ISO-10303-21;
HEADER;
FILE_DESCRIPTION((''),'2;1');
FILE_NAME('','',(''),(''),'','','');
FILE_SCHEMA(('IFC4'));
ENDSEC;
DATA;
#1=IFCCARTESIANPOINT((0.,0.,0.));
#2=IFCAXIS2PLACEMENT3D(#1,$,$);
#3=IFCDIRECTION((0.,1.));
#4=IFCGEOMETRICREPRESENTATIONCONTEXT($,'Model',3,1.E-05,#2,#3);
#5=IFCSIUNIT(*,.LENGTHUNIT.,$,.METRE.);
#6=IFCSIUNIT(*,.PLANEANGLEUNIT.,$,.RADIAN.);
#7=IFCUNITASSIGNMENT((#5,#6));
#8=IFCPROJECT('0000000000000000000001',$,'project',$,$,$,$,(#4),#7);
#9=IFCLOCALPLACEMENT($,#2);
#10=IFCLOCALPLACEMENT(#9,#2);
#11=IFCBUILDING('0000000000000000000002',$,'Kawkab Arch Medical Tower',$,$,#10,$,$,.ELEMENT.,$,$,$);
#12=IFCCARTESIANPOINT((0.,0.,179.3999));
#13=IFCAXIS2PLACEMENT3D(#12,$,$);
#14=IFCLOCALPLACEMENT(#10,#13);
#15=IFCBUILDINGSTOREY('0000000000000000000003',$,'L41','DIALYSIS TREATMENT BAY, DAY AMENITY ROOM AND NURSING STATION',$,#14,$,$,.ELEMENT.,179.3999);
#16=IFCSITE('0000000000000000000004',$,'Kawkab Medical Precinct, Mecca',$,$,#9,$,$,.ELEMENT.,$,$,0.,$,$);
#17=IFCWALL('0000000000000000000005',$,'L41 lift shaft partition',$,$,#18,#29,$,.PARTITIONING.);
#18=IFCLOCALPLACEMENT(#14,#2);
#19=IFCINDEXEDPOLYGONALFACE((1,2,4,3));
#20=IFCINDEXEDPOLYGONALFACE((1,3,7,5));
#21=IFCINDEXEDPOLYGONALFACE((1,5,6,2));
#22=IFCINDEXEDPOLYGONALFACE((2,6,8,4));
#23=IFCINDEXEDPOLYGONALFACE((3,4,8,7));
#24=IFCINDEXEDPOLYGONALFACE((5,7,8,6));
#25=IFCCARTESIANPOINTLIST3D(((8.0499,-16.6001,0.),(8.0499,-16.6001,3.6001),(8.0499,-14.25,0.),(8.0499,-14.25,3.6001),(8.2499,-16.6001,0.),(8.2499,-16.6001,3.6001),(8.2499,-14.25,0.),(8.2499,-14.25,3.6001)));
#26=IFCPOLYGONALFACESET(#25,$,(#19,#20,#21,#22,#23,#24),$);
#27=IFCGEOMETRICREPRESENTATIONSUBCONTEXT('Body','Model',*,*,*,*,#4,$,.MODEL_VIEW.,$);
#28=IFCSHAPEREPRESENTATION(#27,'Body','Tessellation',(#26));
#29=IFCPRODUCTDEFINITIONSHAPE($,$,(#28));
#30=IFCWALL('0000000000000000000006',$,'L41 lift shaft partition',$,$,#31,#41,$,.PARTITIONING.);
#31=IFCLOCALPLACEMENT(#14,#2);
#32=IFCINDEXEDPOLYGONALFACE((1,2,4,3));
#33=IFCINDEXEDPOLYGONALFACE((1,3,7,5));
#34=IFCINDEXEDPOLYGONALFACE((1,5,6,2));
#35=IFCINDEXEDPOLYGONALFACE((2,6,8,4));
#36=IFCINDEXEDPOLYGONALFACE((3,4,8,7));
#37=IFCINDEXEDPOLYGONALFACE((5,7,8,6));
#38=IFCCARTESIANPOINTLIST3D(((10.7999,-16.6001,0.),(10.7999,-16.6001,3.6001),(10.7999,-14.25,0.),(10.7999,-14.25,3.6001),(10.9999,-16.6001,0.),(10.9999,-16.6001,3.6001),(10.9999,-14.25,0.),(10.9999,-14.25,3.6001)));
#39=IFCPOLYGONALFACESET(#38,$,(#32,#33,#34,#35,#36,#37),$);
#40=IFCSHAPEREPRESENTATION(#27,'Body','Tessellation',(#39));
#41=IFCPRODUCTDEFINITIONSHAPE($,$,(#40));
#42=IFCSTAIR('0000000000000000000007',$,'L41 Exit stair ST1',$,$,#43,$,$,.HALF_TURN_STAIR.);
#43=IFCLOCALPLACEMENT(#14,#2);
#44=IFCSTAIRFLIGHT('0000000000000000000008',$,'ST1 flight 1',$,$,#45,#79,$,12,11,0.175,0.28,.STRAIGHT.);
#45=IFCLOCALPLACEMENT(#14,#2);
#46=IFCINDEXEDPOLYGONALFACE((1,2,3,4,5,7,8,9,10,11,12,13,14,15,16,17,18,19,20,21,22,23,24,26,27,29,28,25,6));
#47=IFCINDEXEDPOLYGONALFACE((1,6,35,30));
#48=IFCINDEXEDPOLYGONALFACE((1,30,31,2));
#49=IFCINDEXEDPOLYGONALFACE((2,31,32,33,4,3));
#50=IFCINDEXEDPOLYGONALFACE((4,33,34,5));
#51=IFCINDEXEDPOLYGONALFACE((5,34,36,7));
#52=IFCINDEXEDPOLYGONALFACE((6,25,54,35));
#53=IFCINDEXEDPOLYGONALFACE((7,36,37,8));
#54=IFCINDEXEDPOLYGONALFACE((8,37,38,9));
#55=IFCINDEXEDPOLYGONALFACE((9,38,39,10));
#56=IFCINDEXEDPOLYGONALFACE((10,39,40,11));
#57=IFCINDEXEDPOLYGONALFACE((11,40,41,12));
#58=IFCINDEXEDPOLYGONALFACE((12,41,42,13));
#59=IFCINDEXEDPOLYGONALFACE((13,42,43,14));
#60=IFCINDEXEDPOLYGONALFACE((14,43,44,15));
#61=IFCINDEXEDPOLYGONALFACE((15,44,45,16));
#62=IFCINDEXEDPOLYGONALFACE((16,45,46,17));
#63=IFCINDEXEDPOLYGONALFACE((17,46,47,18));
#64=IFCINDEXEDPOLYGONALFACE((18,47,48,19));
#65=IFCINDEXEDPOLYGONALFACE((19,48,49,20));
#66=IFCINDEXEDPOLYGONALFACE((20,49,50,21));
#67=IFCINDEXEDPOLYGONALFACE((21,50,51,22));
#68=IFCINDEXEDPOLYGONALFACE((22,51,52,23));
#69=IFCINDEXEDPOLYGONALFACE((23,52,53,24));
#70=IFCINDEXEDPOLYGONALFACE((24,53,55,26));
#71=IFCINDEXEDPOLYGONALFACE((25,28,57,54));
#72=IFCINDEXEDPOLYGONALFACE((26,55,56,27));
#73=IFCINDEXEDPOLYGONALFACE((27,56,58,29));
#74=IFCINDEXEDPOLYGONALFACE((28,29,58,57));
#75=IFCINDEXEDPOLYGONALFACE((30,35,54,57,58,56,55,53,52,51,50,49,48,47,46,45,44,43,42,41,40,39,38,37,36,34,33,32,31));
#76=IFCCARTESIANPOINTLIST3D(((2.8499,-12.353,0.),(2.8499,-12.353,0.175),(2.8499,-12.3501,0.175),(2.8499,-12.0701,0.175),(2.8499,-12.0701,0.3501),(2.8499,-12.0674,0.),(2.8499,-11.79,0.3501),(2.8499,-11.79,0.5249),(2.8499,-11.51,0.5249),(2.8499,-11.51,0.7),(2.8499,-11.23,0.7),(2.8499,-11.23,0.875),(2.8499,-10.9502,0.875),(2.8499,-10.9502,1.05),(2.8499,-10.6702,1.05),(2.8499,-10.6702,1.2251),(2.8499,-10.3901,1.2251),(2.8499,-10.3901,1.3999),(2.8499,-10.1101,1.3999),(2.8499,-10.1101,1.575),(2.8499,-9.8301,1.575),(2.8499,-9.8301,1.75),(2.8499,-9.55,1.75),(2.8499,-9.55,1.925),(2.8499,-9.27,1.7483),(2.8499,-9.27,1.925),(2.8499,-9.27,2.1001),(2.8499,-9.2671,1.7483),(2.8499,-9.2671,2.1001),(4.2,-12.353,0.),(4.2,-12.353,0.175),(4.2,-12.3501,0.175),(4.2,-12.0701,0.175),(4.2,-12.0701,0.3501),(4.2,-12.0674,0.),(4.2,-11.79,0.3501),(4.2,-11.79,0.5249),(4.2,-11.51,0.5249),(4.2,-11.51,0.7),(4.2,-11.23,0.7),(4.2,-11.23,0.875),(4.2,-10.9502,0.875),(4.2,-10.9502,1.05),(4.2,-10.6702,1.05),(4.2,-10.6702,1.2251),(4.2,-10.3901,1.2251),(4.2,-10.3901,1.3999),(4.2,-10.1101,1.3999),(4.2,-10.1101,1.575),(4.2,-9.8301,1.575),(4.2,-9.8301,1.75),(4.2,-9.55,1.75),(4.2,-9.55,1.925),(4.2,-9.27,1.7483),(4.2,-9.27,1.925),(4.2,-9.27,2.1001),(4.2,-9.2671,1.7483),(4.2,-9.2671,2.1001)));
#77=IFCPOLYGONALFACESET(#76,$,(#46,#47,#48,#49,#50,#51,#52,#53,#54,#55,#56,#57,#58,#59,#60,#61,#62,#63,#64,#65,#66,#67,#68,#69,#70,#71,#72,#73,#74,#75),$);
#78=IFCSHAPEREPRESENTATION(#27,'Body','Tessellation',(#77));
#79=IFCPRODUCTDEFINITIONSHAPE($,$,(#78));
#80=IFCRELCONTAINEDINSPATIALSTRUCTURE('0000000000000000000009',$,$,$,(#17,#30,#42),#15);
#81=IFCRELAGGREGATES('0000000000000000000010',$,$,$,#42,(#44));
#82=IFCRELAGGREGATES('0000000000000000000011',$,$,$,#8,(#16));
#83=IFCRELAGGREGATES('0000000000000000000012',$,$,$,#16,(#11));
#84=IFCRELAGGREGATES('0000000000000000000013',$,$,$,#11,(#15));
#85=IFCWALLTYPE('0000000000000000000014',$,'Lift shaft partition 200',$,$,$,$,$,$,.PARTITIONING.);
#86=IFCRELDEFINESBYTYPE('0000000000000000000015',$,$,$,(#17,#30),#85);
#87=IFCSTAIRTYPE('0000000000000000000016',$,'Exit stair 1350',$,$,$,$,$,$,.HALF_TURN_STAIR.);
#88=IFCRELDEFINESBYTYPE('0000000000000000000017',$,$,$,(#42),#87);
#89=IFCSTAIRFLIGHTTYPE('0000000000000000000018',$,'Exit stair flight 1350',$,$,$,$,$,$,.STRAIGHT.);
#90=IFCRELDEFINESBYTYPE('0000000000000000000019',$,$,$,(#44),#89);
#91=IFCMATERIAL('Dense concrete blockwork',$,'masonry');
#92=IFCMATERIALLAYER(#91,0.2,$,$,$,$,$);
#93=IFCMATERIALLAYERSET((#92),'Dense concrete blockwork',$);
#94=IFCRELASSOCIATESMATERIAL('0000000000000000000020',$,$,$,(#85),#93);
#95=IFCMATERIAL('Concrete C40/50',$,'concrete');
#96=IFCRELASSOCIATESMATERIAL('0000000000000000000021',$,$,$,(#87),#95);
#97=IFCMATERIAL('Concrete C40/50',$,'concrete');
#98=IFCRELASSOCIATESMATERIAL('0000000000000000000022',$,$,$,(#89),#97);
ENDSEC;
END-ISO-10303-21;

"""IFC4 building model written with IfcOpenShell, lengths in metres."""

from ifc_helpers import new_model, si_unit, direction, frame, frame_2d, origin, place, context, subcontext, project, spatial, polyline, rectangle, outline, extrude, material, layer, layer_set, type_object, element, aggregate, save


model = new_model("IFC4")

# Units and contexts
model_context = context("Model", 3, precision=1e-05, world=origin(), true_north=direction((0.0, 1.0)))
body_context = subcontext(model_context, "Body", "Model", "MODEL_VIEW")
ifc_project = project(units=[si_unit("LENGTHUNIT", "METRE"), si_unit("PLANEANGLEUNIT", "RADIAN")], contexts=[model_context])

# Site, building, storey
site_placement = place(None, origin())
site = spatial("IfcSite", under=ifc_project, at=site_placement, Name="Kawkab Medical Precinct, Mecca", CompositionType="ELEMENT", RefElevation=0.0)
building_placement = place(site_placement, origin())
building = spatial("IfcBuilding", under=site, at=building_placement, Name="Kawkab Arch Medical Tower", CompositionType="ELEMENT")
storey_placement = place(building_placement, frame((0.0, 0.0, 179.3999)))
storey = spatial("IfcBuildingStorey", under=building, at=storey_placement, Name="L41", Description="DIALYSIS TREATMENT BAY, DAY AMENITY ROOM AND NURSING STATION", CompositionType="ELEMENT", Elevation=179.3999)

# Walls
ifc_material_1 = material(Name="Dense concrete blockwork", Category="masonry")
ifc_layer_1 = layer(ifc_material_1, 0.2)
ifc_layer_set_1 = layer_set([ifc_layer_1], Name="Dense concrete blockwork")
wall_type_1 = type_object("IfcWallType", Name="Lift shaft partition 200", PredefinedType="PARTITIONING", material=ifc_layer_set_1)
for number, where, z_axis, x_axis, name in (
    (1, (8.1499, -16.6001, 0.0), (0.0, 0.0, 1.0), (0.0, 1.0, 0.0), "L41 lift shaft partition"),
    (2, (10.8999, -16.6001, 0.0), (0.0, 0.0, 1.0), (0.0, 1.0, 0.0), "L41 lift shaft partition"),
):
    element("IfcWall", number, at=place(storey_placement, frame(where, z_axis=z_axis, x_axis=x_axis)), inside=storey, type_object=wall_type_1, Name=name, PredefinedType="PARTITIONING", context=body_context, shape_type="SweptSolid", body=[
        extrude(rectangle(XDim=2.3501, YDim=0.2, at=frame_2d((1.175, 0.0))), origin(), (0.0, 0.0, 1.0), 3.6001),
    ])

# Stair, stair flight
ifc_material_2 = material(Name="Concrete C40/50", Category="concrete")
stair_type = type_object("IfcStairType", Name="Exit stair 1350", PredefinedType="HALF_TURN_STAIR", material=ifc_material_2)
stair_placement = place(storey_placement, origin())
stair = element("IfcStair", 3, at=stair_placement, inside=storey, type_object=stair_type, Name="L41 Exit stair ST1", PredefinedType="HALF_TURN_STAIR")
ifc_material_3 = material(Name="Concrete C40/50", Category="concrete")
stair_flight_type = type_object("IfcStairFlightType", Name="Exit stair flight 1350", PredefinedType="STRAIGHT", material=ifc_material_3)
stair_flight_placement = place(storey_placement, frame((3.5249, -12.3501, 0.0), z_axis=(0.0, 0.0, 1.0), x_axis=(0.0, 1.0, 0.0)))
stair_flight = element("IfcStairFlight", 4, at=stair_flight_placement, type_object=stair_flight_type, Name="ST1 flight 1", NumberOfRisers=12, NumberOfTreads=11, PredefinedType="STRAIGHT", RiserHeight=0.175, TreadLength=0.28, context=body_context, shape_type="SweptSolid", body=[
    extrude(outline(polyline([(-0.0029, 0.0), (-0.0029, 0.175), (0.0, 0.175), (0.28, 0.175), (0.28, 0.3501), (0.5601, 0.3501), (0.5601, 0.5249), (0.8401, 0.5249), (0.8401, 0.7), (1.1201, 0.7), (1.1201, 0.875), (1.3999, 0.875), (1.3999, 1.05), (1.6799, 1.05), (1.6799, 1.2251), (1.96, 1.2251), (1.96, 1.3999), (2.24, 1.3999), (2.24, 1.575), (2.52, 1.575), (2.52, 1.75), (2.8, 1.75), (2.8, 1.925), (3.0801, 1.925), (3.0801, 2.1001), (3.083, 2.1001), (3.083, 1.7483), (3.0801, 1.7483), (0.2827, 0.0), (-0.0029, 0.0)])), frame((0.0, 0.675, 0.0), z_axis=(0.0, -1.0, 0.0), x_axis=(1.0, 0.0, 0.0)), (0.0, 0.0, 1.0), 1.3501),
])
aggregate(stair, [stair_flight])

save(model, "model.ifc")
